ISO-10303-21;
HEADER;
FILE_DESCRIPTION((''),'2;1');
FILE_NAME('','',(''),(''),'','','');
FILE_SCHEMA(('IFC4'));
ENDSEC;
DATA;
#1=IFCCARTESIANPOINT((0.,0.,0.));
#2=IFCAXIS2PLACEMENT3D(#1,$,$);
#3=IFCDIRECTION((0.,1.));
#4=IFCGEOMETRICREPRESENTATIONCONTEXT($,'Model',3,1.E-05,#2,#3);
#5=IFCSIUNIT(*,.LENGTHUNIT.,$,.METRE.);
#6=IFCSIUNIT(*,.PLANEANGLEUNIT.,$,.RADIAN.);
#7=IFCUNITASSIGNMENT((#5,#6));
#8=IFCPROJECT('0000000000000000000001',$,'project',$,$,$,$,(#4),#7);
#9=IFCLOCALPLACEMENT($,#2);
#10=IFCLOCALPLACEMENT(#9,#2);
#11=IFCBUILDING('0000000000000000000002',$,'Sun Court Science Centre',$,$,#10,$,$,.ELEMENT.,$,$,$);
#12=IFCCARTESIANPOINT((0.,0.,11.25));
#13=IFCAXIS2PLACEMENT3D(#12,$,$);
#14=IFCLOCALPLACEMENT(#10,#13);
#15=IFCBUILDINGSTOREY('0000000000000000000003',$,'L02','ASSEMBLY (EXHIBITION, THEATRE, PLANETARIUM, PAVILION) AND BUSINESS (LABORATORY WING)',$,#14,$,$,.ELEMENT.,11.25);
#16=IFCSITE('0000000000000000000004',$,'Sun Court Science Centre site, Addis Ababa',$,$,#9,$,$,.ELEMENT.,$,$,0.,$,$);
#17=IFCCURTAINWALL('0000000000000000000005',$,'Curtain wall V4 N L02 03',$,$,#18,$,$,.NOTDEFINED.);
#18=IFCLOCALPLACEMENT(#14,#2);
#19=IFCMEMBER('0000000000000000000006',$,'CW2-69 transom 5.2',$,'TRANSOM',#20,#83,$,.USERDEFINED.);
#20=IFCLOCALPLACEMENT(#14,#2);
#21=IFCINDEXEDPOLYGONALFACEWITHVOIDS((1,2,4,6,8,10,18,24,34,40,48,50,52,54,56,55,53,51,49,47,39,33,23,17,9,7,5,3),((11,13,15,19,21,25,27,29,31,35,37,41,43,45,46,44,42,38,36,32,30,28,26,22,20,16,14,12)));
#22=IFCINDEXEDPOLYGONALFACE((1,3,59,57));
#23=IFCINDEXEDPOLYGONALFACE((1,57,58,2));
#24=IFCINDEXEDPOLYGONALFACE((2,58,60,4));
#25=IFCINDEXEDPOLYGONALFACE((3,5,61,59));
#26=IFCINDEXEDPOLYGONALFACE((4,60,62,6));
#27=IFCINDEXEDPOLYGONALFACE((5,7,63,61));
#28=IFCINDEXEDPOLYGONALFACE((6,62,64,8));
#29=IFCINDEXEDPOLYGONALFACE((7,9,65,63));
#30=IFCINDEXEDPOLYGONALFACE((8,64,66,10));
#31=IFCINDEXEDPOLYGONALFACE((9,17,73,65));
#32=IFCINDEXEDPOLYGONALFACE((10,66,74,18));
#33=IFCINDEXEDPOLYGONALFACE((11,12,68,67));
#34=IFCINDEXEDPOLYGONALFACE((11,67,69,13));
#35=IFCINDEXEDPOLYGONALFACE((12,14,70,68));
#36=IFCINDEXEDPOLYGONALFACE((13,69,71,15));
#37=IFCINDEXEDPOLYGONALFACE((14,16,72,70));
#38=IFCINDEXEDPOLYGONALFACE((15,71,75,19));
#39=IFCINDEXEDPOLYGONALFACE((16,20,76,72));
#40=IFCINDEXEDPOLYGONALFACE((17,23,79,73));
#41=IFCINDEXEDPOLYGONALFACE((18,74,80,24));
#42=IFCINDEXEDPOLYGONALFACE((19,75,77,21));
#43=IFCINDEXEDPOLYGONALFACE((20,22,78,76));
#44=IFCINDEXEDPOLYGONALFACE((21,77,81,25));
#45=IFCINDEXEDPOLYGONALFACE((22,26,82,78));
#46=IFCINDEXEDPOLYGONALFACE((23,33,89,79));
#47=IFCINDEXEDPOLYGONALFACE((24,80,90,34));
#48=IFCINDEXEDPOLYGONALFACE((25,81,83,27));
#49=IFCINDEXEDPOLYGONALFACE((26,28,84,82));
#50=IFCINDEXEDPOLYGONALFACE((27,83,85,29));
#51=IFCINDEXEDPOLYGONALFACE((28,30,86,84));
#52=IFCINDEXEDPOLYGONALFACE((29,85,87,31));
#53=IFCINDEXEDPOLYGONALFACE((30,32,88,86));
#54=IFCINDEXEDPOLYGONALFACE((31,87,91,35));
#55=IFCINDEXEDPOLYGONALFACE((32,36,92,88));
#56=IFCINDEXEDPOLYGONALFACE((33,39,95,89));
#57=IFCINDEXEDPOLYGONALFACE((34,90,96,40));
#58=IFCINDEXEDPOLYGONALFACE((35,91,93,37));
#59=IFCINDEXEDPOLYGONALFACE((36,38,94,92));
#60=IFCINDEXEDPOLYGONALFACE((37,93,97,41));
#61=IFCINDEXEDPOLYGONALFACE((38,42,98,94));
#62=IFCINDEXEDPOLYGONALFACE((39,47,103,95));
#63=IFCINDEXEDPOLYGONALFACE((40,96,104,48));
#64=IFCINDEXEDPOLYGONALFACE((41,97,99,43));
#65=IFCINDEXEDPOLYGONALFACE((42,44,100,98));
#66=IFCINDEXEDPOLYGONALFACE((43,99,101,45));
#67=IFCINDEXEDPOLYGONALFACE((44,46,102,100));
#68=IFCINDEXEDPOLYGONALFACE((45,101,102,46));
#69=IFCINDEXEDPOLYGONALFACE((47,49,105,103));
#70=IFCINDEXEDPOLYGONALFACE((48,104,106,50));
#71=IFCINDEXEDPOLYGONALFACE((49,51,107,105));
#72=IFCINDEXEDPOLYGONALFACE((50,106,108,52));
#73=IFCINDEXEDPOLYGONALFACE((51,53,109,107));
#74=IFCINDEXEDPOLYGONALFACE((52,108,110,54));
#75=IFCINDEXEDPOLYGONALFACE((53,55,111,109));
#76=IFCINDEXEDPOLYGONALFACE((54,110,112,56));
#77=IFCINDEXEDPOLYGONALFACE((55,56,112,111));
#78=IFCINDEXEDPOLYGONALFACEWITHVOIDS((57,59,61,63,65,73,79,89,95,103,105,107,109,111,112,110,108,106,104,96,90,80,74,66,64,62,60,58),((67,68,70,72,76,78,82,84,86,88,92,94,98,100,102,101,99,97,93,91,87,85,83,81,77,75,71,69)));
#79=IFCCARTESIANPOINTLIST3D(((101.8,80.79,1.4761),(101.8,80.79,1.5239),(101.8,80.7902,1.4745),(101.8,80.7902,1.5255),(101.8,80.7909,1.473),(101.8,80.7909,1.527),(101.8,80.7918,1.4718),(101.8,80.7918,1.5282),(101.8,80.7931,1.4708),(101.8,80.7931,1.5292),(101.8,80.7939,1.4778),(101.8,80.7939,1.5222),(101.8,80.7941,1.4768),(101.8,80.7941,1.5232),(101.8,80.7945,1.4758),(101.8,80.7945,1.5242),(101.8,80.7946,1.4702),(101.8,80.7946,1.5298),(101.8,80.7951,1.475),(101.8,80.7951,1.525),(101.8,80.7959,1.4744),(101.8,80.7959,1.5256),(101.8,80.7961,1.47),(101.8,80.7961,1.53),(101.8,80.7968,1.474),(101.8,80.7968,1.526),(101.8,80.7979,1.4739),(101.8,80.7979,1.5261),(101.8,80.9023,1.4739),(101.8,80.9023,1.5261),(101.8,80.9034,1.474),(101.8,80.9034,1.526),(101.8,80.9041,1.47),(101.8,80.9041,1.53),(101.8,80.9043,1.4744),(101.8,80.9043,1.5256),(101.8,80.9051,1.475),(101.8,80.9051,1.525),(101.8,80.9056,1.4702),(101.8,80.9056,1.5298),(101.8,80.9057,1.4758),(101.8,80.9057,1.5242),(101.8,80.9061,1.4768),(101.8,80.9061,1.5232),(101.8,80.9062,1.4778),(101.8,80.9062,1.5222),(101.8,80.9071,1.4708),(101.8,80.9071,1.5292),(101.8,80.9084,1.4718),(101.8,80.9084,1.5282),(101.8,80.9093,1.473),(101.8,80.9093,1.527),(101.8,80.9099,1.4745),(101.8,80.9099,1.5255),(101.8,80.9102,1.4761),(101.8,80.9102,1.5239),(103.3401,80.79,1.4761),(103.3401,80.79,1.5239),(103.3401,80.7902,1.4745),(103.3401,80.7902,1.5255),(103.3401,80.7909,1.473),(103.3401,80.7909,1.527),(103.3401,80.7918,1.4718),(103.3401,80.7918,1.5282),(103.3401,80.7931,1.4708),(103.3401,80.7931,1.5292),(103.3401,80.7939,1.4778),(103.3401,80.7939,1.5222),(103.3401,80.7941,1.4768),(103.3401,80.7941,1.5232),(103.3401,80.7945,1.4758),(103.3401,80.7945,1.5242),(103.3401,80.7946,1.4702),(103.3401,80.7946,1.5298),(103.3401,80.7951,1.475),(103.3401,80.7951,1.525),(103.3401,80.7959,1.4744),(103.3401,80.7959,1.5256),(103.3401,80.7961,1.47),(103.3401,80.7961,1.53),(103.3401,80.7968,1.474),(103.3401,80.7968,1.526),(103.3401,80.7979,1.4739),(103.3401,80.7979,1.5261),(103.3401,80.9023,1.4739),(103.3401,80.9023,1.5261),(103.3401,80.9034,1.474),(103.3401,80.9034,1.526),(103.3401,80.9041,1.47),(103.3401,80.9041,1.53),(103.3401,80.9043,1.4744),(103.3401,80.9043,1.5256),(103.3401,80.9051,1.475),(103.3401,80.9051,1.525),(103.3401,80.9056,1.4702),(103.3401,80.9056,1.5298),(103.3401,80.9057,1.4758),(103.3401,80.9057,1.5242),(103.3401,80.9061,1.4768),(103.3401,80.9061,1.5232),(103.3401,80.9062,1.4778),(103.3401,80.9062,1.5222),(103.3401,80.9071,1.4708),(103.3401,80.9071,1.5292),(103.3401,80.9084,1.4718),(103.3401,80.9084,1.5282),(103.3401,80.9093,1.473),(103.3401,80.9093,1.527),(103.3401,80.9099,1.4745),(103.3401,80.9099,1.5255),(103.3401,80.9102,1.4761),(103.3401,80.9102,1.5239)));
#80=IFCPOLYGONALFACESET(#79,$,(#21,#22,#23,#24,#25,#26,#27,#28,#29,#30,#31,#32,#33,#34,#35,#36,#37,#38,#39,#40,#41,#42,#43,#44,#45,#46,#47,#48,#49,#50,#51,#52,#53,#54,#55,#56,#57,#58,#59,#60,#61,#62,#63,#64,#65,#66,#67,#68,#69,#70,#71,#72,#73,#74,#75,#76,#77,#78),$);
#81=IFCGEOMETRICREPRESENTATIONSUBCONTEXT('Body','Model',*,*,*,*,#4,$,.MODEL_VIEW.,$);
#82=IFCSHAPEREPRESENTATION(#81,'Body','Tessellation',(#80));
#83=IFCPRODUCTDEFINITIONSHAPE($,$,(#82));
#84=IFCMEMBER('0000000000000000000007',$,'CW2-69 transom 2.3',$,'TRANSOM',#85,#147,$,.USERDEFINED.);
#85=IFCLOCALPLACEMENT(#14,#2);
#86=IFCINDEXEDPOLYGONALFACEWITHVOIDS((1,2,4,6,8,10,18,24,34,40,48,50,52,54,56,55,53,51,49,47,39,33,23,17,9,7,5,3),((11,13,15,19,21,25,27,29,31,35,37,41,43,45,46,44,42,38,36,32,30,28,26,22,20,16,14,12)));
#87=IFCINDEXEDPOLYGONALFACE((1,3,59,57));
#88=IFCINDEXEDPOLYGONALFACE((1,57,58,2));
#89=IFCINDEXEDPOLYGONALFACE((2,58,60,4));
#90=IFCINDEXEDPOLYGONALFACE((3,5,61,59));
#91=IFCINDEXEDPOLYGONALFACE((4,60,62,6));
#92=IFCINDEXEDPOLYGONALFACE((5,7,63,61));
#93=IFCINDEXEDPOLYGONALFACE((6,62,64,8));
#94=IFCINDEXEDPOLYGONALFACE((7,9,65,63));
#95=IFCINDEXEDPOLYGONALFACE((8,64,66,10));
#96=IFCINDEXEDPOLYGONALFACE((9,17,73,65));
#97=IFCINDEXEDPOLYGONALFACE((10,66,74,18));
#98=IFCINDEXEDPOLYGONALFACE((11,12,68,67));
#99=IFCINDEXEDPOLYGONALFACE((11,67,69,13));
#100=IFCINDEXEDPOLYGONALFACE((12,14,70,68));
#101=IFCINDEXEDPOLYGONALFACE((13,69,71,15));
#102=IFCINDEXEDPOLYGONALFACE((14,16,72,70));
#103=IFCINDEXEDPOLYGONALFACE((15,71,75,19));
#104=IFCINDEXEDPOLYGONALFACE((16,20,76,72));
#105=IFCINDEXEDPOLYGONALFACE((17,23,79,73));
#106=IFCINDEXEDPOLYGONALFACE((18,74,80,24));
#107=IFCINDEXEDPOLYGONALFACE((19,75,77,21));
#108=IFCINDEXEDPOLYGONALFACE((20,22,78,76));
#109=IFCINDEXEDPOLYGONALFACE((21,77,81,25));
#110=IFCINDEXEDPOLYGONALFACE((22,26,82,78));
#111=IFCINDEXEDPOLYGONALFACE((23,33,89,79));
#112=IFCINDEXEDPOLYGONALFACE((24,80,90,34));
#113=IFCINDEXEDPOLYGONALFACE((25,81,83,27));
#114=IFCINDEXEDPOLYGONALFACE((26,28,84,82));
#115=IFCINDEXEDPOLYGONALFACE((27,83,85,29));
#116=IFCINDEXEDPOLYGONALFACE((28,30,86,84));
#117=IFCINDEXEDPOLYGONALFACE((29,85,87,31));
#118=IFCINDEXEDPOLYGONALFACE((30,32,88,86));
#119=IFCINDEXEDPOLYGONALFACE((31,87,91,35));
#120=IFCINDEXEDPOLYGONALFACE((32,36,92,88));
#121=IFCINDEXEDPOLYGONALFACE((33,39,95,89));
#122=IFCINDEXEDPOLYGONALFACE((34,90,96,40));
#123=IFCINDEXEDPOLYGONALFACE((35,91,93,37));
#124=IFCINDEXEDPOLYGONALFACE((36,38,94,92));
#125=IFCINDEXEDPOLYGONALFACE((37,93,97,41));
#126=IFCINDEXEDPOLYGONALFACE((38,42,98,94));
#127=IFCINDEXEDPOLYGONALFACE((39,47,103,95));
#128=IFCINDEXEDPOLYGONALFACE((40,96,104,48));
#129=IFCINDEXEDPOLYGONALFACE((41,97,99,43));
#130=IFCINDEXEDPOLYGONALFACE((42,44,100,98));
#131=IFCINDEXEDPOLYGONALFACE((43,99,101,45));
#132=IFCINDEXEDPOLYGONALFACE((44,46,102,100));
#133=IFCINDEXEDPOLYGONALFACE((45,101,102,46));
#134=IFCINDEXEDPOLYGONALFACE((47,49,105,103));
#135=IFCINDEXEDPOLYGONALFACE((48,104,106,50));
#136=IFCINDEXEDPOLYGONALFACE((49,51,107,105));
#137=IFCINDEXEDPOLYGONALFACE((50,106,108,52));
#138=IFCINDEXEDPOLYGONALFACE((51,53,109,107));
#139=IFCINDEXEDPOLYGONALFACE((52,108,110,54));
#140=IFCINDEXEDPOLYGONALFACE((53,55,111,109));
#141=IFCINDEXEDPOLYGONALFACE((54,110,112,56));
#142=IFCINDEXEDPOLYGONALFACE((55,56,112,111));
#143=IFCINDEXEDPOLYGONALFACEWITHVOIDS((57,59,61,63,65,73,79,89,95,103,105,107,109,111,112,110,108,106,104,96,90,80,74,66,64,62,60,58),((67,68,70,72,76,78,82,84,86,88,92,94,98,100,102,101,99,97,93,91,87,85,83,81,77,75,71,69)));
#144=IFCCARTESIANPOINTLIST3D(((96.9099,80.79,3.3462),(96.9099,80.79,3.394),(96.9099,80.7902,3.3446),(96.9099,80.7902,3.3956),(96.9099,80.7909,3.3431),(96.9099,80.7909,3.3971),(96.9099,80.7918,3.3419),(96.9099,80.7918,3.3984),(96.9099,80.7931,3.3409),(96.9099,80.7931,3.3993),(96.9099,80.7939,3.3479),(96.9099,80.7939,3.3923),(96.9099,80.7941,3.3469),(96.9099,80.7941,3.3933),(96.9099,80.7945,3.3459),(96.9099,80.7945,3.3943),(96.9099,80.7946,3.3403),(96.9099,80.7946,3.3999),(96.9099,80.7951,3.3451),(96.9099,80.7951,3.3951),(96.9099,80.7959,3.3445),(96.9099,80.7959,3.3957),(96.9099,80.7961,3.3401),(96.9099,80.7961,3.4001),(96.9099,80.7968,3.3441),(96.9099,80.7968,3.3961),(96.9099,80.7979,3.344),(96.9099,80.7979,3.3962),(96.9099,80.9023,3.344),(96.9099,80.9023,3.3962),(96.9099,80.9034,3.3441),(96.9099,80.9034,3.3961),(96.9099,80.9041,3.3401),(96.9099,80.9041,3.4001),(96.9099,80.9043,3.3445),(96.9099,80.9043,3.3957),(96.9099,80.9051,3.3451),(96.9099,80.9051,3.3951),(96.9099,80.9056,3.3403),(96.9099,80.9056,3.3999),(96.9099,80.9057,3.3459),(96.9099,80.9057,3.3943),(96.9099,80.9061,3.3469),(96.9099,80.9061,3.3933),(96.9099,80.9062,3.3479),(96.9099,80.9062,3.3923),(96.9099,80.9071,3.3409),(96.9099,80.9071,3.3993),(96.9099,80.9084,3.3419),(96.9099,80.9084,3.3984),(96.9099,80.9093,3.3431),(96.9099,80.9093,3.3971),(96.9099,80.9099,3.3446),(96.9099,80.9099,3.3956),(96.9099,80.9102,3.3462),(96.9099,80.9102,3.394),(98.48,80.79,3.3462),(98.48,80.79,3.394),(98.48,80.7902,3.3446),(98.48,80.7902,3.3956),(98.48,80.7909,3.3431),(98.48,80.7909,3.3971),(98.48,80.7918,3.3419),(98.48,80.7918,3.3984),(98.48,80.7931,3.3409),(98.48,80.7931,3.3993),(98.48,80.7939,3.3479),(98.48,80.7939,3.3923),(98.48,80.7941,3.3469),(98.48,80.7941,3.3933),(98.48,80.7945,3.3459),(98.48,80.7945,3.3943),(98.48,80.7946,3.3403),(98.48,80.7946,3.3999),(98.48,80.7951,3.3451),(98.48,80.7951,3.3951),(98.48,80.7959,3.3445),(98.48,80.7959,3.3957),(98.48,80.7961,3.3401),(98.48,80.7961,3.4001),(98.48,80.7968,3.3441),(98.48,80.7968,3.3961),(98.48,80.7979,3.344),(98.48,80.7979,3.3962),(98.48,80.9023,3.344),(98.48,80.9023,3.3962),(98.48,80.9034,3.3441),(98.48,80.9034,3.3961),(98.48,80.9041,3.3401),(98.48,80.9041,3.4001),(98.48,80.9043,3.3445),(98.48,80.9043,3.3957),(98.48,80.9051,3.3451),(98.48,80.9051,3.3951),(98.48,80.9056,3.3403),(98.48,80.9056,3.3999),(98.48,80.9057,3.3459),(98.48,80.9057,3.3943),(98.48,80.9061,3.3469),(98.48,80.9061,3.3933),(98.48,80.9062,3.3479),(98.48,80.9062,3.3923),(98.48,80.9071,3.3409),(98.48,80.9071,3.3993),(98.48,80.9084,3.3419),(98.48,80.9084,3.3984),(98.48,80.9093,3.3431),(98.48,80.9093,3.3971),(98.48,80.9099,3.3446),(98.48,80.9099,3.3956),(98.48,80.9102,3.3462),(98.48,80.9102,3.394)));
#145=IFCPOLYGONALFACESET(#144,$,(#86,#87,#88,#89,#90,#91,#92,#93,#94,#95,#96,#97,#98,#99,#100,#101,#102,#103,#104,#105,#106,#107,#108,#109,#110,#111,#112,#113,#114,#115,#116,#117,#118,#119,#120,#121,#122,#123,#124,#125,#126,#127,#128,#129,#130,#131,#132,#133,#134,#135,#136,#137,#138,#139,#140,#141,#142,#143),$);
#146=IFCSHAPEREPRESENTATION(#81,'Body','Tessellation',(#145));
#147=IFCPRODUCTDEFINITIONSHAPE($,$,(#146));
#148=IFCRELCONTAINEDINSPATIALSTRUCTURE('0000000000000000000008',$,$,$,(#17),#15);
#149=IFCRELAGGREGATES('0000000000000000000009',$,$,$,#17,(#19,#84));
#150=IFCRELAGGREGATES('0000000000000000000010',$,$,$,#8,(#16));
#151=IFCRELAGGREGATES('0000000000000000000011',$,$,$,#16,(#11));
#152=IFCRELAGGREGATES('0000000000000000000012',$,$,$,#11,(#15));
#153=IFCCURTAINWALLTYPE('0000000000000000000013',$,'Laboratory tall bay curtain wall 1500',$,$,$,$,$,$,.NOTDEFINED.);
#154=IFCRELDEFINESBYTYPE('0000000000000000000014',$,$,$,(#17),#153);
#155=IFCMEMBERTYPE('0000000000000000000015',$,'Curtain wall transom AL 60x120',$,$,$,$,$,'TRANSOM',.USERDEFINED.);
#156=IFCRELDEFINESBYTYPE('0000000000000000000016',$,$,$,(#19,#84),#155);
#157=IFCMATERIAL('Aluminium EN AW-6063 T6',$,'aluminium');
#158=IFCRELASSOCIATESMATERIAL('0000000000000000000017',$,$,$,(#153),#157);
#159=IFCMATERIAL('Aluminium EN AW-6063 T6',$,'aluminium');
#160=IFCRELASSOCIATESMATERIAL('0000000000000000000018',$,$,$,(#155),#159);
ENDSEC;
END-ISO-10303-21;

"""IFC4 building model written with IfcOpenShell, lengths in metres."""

from ifc_helpers import new_model, si_unit, direction, frame, origin, origin_2d, place, context, subcontext, project, spatial, hollow_rectangle, extrude, material, material_profile, profile_set, type_object, element, aggregate, save


model = new_model("IFC4")

# Units and contexts
model_context = context("Model", 3, precision=1e-05, world=origin(), true_north=direction((0.0, 1.0)))
body_context = subcontext(model_context, "Body", "Model", "MODEL_VIEW")
ifc_project = project(units=[si_unit("LENGTHUNIT", "METRE"), si_unit("PLANEANGLEUNIT", "RADIAN")], contexts=[model_context])

# Site, building, storey
site_placement = place(None, origin())
site = spatial("IfcSite", under=ifc_project, at=site_placement, Name="Sun Court Science Centre site, Addis Ababa", CompositionType="ELEMENT", RefElevation=0.0)
building_placement = place(site_placement, origin())
building = spatial("IfcBuilding", under=site, at=building_placement, Name="Sun Court Science Centre", CompositionType="ELEMENT")
storey_placement = place(building_placement, frame((0.0, 0.0, 11.25)))
storey = spatial("IfcBuildingStorey", under=building, at=storey_placement, Name="L02", Description="ASSEMBLY (EXHIBITION, THEATRE, PLANETARIUM, PAVILION) AND BUSINESS (LABORATORY WING)", CompositionType="ELEMENT", Elevation=11.25)

# Curtain wall, members
ifc_material_1 = material(Name="Aluminium EN AW-6063 T6", Category="aluminium")
curtain_wall_type = type_object("IfcCurtainWallType", Name="Laboratory tall bay curtain wall 1500", PredefinedType="NOTDEFINED", material=ifc_material_1)
curtain_wall_placement = place(storey_placement, origin())
curtain_wall = element("IfcCurtainWall", 1, at=curtain_wall_placement, inside=storey, type_object=curtain_wall_type, Name="Curtain wall V4 N L02 03", PredefinedType="NOTDEFINED")
ifc_material_2 = material(Name="Aluminium EN AW-6063 T6", Category="aluminium")
ifc_material_profile_1 = material_profile(ifc_material_2, hollow_rectangle(XDim=0.0601, YDim=0.1201, WallThickness=0.0039, InnerFilletRadius=0.0039, OuterFilletRadius=0.0061, at=origin_2d()), Name="AL 60x120x4")
ifc_profile_set_1 = profile_set([ifc_material_profile_1], Name="Aluminium EN AW-6063 T6")
member_type_1 = type_object("IfcMemberType", Name="Curtain wall transom AL 60x120", ElementType="TRANSOM", PredefinedType="USERDEFINED", material=ifc_profile_set_1)
member_1_placement = place(storey_placement, frame((101.8, 80.8501, 1.5), z_axis=(1.0, 0.0, 0.0), x_axis=(0.0, 0.0, 1.0)))
member_1 = element("IfcMember", 2, at=member_1_placement, type_object=member_type_1, Name="CW2-69 transom 5.2", ObjectType="TRANSOM", PredefinedType="USERDEFINED", context=body_context, shape_type="SweptSolid", body=[
    extrude(hollow_rectangle(XDim=0.0601, YDim=0.1201, WallThickness=0.0039, InnerFilletRadius=0.0039, OuterFilletRadius=0.0061, at=origin_2d()), origin(), (0.0, 0.0, 1.0), 1.54),
])
member_2_placement = place(storey_placement, frame((96.9099, 80.8501, 3.3701), z_axis=(1.0, 0.0, 0.0), x_axis=(0.0, 0.0, 1.0)))
member_2 = element("IfcMember", 3, at=member_2_placement, type_object=member_type_1, Name="CW2-69 transom 2.3", ObjectType="TRANSOM", PredefinedType="USERDEFINED", context=body_context, shape_type="SweptSolid", body=[
    extrude(hollow_rectangle(XDim=0.0601, YDim=0.1201, WallThickness=0.0039, InnerFilletRadius=0.0039, OuterFilletRadius=0.0061, at=origin_2d()), origin(), (0.0, 0.0, 1.0), 1.5701),
])
aggregate(curtain_wall, [member_1, member_2])

save(model, "model.ifc")
